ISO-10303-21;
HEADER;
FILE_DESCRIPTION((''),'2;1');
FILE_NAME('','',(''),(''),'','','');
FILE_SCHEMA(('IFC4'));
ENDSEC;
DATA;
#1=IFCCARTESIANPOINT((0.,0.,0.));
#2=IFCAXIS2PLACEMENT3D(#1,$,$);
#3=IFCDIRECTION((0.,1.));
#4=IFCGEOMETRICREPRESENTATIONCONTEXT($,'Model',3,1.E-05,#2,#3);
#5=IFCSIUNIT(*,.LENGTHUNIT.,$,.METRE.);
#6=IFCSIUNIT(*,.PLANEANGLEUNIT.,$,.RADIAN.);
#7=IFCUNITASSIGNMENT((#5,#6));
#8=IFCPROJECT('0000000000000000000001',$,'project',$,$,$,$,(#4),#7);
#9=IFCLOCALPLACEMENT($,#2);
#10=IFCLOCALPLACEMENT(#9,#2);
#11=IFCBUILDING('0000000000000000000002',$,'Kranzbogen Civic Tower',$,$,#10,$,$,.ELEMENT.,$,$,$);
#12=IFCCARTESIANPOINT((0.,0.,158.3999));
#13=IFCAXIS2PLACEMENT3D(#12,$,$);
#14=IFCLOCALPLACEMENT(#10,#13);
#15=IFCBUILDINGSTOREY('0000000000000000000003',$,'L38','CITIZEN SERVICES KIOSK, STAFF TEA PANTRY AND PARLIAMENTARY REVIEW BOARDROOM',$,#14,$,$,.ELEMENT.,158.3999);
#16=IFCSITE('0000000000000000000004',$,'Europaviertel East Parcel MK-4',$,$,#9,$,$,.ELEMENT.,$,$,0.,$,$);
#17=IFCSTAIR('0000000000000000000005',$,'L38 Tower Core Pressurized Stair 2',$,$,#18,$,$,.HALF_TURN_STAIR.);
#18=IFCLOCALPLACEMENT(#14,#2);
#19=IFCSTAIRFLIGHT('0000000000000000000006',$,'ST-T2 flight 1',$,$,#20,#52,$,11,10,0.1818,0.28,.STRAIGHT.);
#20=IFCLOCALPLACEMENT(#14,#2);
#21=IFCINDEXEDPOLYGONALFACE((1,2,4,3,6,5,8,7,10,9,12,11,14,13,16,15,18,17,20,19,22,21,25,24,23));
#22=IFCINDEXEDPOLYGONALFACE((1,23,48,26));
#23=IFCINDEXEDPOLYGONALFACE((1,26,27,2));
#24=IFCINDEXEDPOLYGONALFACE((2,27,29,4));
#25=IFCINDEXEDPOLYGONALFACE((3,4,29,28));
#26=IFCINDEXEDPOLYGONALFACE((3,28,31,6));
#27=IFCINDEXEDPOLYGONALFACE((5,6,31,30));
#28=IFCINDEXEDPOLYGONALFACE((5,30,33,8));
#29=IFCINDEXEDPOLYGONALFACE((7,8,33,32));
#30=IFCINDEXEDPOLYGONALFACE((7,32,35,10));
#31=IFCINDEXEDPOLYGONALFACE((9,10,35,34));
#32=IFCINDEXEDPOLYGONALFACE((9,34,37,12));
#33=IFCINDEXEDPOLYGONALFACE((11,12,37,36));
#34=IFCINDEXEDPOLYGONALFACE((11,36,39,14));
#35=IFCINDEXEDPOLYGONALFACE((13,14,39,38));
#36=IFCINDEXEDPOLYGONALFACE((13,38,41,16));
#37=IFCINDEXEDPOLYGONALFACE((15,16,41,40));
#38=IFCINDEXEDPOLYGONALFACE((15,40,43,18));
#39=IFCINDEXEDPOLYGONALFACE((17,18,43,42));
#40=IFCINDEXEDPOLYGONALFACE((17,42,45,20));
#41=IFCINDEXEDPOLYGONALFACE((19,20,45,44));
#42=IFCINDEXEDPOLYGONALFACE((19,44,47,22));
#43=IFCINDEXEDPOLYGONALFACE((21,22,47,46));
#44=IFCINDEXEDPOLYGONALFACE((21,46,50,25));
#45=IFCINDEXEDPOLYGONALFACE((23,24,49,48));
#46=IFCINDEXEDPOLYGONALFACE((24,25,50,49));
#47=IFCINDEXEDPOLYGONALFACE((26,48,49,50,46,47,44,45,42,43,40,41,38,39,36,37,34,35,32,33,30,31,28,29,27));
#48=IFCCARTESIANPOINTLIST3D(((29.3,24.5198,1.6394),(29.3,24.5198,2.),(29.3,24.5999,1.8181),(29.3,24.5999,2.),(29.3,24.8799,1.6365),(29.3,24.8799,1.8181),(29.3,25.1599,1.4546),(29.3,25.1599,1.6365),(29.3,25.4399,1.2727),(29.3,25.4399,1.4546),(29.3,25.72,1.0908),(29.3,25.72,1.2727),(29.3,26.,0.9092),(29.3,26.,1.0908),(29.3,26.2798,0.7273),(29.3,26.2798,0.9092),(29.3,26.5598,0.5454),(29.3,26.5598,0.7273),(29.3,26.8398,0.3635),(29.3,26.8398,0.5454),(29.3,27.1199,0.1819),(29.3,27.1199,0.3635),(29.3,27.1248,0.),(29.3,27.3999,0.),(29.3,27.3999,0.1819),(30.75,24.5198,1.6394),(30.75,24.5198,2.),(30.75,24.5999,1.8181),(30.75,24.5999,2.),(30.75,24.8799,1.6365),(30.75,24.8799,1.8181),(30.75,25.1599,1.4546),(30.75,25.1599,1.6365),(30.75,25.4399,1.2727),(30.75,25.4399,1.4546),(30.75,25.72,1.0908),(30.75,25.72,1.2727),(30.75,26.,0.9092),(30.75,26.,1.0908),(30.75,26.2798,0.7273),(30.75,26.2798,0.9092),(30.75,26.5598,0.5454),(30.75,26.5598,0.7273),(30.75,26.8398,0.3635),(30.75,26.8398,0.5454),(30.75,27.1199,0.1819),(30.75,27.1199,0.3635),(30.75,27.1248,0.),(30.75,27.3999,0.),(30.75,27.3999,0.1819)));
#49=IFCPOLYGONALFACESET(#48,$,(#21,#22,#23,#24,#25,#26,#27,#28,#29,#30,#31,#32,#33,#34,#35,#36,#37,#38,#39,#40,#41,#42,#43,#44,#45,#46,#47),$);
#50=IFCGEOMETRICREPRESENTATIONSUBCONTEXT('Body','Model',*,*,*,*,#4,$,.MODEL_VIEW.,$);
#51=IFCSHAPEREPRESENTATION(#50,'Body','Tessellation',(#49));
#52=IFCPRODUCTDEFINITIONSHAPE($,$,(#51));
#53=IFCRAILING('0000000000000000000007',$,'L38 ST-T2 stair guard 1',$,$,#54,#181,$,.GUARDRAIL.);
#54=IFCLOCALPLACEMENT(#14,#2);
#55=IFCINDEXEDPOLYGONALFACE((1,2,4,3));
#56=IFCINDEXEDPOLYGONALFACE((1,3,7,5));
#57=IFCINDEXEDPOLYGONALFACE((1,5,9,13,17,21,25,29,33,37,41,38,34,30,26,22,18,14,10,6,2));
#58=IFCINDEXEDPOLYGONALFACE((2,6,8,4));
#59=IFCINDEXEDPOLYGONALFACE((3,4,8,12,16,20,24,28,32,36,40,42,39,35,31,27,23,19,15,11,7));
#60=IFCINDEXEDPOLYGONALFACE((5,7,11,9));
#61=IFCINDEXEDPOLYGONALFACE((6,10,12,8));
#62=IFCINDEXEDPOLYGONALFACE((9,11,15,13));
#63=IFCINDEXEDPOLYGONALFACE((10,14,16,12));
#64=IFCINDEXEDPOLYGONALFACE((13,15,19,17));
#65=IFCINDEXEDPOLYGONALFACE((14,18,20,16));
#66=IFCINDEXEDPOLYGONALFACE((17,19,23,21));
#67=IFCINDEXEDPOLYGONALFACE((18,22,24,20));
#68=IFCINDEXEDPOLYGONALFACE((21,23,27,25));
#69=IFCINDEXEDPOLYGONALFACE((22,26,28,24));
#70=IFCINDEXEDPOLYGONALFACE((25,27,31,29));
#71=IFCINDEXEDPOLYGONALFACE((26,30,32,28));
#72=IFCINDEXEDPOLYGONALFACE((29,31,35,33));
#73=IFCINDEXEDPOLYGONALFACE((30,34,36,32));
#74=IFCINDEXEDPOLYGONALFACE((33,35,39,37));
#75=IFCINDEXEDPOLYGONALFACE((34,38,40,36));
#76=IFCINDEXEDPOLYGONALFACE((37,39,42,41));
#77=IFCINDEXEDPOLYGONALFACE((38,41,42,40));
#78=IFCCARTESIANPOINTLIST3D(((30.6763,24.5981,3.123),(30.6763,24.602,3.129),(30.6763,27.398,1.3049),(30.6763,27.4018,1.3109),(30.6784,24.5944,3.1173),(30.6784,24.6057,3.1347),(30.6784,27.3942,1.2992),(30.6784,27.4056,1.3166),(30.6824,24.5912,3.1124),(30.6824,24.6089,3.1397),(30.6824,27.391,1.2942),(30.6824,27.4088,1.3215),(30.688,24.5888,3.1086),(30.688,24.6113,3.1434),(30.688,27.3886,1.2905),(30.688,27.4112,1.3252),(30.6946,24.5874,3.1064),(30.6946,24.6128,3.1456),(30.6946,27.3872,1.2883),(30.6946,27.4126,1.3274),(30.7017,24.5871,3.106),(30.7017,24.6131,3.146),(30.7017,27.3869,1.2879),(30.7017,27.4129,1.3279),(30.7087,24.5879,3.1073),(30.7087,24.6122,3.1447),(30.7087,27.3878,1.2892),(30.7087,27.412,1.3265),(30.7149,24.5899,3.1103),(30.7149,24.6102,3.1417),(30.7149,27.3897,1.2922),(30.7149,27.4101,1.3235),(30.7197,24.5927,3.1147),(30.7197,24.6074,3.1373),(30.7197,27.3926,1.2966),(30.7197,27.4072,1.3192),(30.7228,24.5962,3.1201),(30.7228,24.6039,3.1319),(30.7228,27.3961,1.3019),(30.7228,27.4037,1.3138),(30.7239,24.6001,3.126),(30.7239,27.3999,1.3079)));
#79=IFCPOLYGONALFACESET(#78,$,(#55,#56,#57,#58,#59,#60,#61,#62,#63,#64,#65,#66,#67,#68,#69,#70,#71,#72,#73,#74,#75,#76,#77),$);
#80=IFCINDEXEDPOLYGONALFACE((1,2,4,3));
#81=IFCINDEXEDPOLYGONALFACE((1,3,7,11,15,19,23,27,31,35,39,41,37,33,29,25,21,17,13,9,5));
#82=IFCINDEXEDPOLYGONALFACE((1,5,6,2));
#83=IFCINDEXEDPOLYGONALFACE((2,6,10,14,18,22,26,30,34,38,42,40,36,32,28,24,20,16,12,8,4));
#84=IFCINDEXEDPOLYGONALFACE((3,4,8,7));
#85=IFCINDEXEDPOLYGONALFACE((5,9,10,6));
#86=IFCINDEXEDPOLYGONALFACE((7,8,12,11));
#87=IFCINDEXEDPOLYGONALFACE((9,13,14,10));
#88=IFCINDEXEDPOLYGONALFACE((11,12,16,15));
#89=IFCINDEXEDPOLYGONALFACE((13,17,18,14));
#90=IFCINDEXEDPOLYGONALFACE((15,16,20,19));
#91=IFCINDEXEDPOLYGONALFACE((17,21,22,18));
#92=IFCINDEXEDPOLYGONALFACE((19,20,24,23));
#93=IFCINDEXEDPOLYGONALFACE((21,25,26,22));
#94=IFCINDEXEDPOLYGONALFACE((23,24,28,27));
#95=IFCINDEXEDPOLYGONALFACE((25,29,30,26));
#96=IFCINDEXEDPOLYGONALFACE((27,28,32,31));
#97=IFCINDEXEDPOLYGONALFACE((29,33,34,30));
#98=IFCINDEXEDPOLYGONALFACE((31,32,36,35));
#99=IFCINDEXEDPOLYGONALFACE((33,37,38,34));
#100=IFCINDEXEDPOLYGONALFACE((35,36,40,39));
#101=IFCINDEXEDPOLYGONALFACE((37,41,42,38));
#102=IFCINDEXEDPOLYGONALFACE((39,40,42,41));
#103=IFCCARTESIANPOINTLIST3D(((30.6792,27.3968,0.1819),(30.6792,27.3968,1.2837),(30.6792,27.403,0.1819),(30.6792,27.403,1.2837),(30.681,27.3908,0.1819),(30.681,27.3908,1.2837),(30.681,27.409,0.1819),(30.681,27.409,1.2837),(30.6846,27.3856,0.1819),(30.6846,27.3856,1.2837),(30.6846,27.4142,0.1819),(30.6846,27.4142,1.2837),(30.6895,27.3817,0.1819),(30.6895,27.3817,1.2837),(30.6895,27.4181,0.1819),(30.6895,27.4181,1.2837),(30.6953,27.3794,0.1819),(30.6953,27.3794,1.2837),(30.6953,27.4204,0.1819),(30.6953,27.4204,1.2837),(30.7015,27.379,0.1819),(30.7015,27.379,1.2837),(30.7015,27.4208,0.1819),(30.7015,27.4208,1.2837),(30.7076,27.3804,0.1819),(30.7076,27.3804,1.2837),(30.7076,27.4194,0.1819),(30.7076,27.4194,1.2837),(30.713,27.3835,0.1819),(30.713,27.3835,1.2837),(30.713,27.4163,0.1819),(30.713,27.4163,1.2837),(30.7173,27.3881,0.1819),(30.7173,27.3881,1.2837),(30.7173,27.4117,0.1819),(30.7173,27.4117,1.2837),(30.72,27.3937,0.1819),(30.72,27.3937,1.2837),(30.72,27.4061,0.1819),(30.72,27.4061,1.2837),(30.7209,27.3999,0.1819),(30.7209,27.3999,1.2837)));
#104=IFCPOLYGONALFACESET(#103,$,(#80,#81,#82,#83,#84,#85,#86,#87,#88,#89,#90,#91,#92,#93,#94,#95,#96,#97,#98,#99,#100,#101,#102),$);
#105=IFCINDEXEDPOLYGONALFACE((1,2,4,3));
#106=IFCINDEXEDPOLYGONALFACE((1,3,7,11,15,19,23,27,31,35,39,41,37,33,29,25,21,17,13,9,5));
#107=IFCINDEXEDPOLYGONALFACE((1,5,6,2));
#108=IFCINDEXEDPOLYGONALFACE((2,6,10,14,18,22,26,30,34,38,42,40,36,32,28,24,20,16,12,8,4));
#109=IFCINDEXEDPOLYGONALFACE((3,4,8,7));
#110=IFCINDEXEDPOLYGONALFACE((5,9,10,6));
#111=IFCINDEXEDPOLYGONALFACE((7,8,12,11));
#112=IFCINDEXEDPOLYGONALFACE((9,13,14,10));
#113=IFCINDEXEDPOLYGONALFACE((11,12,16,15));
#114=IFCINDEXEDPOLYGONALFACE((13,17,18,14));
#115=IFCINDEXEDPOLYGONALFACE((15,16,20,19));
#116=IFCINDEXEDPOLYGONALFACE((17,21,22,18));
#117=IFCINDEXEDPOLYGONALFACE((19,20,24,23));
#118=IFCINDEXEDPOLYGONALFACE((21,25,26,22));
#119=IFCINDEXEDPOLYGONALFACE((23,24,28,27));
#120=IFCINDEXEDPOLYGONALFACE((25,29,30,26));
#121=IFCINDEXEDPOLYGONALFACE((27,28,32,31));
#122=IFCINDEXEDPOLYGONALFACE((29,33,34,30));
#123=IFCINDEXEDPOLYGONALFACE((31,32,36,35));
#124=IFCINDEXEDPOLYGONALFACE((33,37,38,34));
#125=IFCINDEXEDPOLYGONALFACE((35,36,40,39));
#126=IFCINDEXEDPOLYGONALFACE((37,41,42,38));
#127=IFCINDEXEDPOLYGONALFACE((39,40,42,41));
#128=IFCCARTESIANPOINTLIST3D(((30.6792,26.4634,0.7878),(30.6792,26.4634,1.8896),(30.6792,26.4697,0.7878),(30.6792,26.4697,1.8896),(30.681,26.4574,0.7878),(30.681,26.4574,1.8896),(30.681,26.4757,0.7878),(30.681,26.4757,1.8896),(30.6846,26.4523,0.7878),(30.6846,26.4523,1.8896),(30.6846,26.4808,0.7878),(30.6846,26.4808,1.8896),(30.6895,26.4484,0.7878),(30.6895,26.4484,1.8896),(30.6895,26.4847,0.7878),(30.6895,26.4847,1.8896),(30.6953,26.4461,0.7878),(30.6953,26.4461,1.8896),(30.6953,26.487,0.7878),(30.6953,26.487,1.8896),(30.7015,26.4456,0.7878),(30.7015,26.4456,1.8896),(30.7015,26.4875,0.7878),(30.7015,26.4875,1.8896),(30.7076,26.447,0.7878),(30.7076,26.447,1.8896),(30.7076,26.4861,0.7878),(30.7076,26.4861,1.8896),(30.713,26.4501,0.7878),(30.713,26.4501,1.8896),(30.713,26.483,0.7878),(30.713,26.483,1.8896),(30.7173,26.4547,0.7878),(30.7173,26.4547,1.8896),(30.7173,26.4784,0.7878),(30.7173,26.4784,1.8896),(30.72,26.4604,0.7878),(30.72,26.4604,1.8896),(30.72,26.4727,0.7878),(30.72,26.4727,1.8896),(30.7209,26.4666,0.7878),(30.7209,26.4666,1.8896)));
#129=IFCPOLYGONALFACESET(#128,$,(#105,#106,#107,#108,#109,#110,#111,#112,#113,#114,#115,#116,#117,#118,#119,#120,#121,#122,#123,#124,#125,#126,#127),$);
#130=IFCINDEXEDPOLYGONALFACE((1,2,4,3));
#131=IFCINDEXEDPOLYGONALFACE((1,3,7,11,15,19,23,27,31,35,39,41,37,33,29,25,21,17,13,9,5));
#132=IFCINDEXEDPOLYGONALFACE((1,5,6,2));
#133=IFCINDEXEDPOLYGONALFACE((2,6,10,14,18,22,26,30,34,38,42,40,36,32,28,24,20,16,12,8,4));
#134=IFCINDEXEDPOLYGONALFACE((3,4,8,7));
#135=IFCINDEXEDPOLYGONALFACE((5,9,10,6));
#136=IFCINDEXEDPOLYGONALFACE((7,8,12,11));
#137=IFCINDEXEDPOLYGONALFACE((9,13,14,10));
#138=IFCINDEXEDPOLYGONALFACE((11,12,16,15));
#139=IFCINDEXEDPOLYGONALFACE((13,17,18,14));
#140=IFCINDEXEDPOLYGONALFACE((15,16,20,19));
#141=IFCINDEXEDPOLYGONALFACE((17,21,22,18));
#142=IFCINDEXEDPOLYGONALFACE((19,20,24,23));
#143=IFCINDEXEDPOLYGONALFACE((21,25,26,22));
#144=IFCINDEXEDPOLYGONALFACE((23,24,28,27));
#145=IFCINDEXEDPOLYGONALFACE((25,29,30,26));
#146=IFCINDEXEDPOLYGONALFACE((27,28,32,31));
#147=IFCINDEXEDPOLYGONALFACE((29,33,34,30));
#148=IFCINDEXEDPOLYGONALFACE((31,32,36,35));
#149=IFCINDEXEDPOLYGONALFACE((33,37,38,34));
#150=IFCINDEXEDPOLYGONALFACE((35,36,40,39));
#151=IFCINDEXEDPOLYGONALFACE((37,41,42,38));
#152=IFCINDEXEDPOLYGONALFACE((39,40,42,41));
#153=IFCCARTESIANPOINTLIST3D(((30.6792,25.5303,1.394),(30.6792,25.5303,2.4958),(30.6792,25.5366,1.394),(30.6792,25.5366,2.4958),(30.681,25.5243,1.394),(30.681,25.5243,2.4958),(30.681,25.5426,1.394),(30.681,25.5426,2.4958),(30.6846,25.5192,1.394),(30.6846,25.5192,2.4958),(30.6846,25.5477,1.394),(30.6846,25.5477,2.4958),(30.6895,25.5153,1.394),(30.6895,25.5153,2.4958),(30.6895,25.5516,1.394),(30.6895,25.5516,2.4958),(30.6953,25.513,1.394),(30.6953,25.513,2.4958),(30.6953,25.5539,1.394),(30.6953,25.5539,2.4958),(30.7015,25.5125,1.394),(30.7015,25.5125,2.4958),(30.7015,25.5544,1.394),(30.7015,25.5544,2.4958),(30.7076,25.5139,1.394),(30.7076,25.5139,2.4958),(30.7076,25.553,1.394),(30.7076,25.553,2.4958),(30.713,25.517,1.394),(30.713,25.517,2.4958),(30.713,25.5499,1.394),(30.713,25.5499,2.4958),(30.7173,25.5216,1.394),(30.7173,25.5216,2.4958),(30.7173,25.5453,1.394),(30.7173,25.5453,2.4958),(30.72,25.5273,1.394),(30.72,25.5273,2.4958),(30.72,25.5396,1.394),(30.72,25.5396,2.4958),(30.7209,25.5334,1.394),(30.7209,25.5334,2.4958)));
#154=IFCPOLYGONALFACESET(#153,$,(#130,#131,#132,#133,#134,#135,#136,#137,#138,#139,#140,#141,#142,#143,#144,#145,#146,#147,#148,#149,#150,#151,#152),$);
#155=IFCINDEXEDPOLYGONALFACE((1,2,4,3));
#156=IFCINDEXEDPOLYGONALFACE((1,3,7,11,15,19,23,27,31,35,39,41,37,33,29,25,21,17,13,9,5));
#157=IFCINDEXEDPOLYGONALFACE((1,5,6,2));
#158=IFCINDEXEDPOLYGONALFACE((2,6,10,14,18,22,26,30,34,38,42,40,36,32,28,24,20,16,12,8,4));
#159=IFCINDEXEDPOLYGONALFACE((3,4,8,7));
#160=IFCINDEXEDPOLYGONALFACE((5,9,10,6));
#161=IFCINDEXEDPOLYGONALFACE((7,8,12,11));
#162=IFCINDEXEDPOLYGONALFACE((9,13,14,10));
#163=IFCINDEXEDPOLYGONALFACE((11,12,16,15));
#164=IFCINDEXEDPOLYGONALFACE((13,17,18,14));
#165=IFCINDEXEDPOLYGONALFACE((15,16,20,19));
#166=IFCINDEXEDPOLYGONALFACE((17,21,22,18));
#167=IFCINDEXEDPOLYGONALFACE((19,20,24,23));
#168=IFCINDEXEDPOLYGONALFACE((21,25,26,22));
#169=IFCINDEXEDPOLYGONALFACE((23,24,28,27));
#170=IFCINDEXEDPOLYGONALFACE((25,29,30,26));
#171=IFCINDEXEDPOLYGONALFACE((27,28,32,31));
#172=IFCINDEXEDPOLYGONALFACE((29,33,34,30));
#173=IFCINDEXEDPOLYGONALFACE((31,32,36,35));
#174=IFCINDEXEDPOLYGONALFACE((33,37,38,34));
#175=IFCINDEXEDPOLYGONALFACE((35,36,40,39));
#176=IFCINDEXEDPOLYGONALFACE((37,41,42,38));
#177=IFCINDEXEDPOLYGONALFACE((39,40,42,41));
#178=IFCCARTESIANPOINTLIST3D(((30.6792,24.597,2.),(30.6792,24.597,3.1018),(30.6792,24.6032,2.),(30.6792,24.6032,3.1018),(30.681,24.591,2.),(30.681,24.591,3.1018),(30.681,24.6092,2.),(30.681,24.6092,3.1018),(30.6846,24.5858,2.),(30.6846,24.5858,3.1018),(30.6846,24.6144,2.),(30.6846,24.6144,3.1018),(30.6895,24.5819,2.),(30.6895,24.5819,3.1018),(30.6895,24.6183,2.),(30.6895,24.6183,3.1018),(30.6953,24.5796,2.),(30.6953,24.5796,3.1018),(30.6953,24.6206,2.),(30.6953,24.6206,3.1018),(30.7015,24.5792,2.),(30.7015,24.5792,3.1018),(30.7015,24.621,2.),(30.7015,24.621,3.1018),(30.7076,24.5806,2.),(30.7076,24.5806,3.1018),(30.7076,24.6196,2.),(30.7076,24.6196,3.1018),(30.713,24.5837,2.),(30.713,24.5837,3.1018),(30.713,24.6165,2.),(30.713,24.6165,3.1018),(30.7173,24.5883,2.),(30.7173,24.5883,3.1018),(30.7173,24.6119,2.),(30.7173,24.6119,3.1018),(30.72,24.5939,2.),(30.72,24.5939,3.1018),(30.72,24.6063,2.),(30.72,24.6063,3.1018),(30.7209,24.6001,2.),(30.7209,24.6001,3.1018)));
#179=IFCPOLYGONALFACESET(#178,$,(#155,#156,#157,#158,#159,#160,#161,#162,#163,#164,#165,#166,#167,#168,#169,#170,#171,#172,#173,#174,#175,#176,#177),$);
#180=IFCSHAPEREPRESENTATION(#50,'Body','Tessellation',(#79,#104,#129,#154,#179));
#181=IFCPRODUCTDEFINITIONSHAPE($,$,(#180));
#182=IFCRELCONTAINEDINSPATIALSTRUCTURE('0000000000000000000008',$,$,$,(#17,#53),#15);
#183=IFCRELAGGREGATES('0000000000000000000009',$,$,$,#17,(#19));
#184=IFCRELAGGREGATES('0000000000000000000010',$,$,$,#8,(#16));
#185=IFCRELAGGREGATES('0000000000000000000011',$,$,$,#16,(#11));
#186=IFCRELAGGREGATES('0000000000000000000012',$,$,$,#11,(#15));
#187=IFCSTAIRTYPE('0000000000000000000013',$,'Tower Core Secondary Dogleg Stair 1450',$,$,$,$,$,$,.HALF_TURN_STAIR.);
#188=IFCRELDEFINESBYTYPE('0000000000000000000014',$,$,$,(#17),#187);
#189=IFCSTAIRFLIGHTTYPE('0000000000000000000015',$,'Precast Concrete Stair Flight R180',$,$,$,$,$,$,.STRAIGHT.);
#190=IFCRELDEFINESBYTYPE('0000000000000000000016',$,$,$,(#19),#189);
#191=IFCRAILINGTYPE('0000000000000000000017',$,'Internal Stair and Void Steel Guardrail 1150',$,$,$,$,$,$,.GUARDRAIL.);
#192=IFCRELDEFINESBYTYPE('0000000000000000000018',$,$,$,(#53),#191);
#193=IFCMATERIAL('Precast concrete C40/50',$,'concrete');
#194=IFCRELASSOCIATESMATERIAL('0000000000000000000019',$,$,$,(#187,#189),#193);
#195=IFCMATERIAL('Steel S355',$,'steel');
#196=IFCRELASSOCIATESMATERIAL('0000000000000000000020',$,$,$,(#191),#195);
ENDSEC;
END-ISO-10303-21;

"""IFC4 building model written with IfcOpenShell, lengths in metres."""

from ifc_helpers import new_model, si_unit, direction, frame, origin, origin_2d, place, context, subcontext, project, spatial, polyline, circle, outline, extrude, material, type_object, element, aggregate, save


model = new_model("IFC4")

# Units and contexts
model_context = context("Model", 3, precision=1e-05, world=origin(), true_north=direction((0.0, 1.0)))
body_context = subcontext(model_context, "Body", "Model", "MODEL_VIEW")
ifc_project = project(units=[si_unit("LENGTHUNIT", "METRE"), si_unit("PLANEANGLEUNIT", "RADIAN")], contexts=[model_context])

# Site, building, storey
site_placement = place(None, origin())
site = spatial("IfcSite", under=ifc_project, at=site_placement, Name="Europaviertel East Parcel MK-4", CompositionType="ELEMENT", RefElevation=0.0)
building_placement = place(site_placement, origin())
building = spatial("IfcBuilding", under=site, at=building_placement, Name="Kranzbogen Civic Tower", CompositionType="ELEMENT")
storey_placement = place(building_placement, frame((0.0, 0.0, 158.3999)))
storey = spatial("IfcBuildingStorey", under=building, at=storey_placement, Name="L38", Description="CITIZEN SERVICES KIOSK, STAFF TEA PANTRY AND PARLIAMENTARY REVIEW BOARDROOM", CompositionType="ELEMENT", Elevation=158.3999)

# Shared definitions
ifc_material_1 = material(Name="Steel S355", Category="steel")

# Stair, stair flight
ifc_material_2 = material(Name="Precast concrete C40/50", Category="concrete")
stair_type = type_object("IfcStairType", Name="Tower Core Secondary Dogleg Stair 1450", PredefinedType="HALF_TURN_STAIR", material=ifc_material_2)
stair_placement = place(storey_placement, origin())
stair = element("IfcStair", 1, at=stair_placement, inside=storey, type_object=stair_type, Name="L38 Tower Core Pressurized Stair 2", PredefinedType="HALF_TURN_STAIR")
stair_flight_type = type_object("IfcStairFlightType", Name="Precast Concrete Stair Flight R180", PredefinedType="STRAIGHT", material=ifc_material_2)
stair_flight_placement = place(storey_placement, frame((30.0249, 27.3999, 0.0), z_axis=(0.0, 0.0, 1.0), x_axis=(0.0, -1.0, 0.0)))
stair_flight = element("IfcStairFlight", 2, at=stair_flight_placement, type_object=stair_flight_type, Name="ST-T2 flight 1", NumberOfRisers=11, NumberOfTreads=10, PredefinedType="STRAIGHT", RiserHeight=0.1818, TreadLength=0.28, context=body_context, shape_type="SweptSolid", body=[
    extrude(outline(polyline([(0.0, 0.0), (0.0, 0.1819), (0.28, 0.1819), (0.28, 0.3635), (0.5601, 0.3635), (0.5601, 0.5454), (0.8401, 0.5454), (0.8401, 0.7273), (1.1201, 0.7273), (1.1201, 0.9092), (1.3999, 0.9092), (1.3999, 1.0908), (1.6799, 1.0908), (1.6799, 1.2727), (1.96, 1.2727), (1.96, 1.4546), (2.24, 1.4546), (2.24, 1.6365), (2.52, 1.6365), (2.52, 1.8181), (2.8, 1.8181), (2.8, 2.0), (2.8801, 2.0), (2.8801, 1.6394), (0.2751, 0.0), (0.0, 0.0)])), frame((0.0, 0.7251, 0.0), z_axis=(0.0, -1.0, 0.0), x_axis=(1.0, 0.0, 0.0)), (0.0, 0.0, 1.0), 1.45),
])
aggregate(stair, [stair_flight])

# Railing
railing_type_1 = type_object("IfcRailingType", Name="Internal Stair and Void Steel Guardrail 1150", PredefinedType="GUARDRAIL", material=ifc_material_1)
railing_1_placement = place(storey_placement, frame((30.7, 27.3999, 0.1819)))
element("IfcRailing", 3, at=railing_1_placement, inside=storey, type_object=railing_type_1, Name="L38 ST-T2 stair guard 1", PredefinedType="GUARDRAIL", context=body_context, shape_type="SweptSolid", body=[
    extrude(circle(Radius=0.0239, at=origin_2d()), frame((0.0, 0.0, 1.126), z_axis=(0.0, -0.838684, 0.544618), x_axis=(1.0, 0.0, 0.0)), (0.0, 0.0, 1.0), 3.3384),
    extrude(circle(Radius=0.021, at=origin_2d()), origin(), (0.0, 0.0, 1.0), 1.1018),
    extrude(circle(Radius=0.021, at=origin_2d()), frame((0.0, -0.9333, 0.606)), (0.0, 0.0, 1.0), 1.1018),
    extrude(circle(Radius=0.021, at=origin_2d()), frame((0.0, -1.8665, 1.2122)), (0.0, 0.0, 1.0), 1.1018),
    extrude(circle(Radius=0.021, at=origin_2d()), frame((0.0, -2.7998, 1.8181)), (0.0, 0.0, 1.0), 1.1018),
])

save(model, "model.ifc")
